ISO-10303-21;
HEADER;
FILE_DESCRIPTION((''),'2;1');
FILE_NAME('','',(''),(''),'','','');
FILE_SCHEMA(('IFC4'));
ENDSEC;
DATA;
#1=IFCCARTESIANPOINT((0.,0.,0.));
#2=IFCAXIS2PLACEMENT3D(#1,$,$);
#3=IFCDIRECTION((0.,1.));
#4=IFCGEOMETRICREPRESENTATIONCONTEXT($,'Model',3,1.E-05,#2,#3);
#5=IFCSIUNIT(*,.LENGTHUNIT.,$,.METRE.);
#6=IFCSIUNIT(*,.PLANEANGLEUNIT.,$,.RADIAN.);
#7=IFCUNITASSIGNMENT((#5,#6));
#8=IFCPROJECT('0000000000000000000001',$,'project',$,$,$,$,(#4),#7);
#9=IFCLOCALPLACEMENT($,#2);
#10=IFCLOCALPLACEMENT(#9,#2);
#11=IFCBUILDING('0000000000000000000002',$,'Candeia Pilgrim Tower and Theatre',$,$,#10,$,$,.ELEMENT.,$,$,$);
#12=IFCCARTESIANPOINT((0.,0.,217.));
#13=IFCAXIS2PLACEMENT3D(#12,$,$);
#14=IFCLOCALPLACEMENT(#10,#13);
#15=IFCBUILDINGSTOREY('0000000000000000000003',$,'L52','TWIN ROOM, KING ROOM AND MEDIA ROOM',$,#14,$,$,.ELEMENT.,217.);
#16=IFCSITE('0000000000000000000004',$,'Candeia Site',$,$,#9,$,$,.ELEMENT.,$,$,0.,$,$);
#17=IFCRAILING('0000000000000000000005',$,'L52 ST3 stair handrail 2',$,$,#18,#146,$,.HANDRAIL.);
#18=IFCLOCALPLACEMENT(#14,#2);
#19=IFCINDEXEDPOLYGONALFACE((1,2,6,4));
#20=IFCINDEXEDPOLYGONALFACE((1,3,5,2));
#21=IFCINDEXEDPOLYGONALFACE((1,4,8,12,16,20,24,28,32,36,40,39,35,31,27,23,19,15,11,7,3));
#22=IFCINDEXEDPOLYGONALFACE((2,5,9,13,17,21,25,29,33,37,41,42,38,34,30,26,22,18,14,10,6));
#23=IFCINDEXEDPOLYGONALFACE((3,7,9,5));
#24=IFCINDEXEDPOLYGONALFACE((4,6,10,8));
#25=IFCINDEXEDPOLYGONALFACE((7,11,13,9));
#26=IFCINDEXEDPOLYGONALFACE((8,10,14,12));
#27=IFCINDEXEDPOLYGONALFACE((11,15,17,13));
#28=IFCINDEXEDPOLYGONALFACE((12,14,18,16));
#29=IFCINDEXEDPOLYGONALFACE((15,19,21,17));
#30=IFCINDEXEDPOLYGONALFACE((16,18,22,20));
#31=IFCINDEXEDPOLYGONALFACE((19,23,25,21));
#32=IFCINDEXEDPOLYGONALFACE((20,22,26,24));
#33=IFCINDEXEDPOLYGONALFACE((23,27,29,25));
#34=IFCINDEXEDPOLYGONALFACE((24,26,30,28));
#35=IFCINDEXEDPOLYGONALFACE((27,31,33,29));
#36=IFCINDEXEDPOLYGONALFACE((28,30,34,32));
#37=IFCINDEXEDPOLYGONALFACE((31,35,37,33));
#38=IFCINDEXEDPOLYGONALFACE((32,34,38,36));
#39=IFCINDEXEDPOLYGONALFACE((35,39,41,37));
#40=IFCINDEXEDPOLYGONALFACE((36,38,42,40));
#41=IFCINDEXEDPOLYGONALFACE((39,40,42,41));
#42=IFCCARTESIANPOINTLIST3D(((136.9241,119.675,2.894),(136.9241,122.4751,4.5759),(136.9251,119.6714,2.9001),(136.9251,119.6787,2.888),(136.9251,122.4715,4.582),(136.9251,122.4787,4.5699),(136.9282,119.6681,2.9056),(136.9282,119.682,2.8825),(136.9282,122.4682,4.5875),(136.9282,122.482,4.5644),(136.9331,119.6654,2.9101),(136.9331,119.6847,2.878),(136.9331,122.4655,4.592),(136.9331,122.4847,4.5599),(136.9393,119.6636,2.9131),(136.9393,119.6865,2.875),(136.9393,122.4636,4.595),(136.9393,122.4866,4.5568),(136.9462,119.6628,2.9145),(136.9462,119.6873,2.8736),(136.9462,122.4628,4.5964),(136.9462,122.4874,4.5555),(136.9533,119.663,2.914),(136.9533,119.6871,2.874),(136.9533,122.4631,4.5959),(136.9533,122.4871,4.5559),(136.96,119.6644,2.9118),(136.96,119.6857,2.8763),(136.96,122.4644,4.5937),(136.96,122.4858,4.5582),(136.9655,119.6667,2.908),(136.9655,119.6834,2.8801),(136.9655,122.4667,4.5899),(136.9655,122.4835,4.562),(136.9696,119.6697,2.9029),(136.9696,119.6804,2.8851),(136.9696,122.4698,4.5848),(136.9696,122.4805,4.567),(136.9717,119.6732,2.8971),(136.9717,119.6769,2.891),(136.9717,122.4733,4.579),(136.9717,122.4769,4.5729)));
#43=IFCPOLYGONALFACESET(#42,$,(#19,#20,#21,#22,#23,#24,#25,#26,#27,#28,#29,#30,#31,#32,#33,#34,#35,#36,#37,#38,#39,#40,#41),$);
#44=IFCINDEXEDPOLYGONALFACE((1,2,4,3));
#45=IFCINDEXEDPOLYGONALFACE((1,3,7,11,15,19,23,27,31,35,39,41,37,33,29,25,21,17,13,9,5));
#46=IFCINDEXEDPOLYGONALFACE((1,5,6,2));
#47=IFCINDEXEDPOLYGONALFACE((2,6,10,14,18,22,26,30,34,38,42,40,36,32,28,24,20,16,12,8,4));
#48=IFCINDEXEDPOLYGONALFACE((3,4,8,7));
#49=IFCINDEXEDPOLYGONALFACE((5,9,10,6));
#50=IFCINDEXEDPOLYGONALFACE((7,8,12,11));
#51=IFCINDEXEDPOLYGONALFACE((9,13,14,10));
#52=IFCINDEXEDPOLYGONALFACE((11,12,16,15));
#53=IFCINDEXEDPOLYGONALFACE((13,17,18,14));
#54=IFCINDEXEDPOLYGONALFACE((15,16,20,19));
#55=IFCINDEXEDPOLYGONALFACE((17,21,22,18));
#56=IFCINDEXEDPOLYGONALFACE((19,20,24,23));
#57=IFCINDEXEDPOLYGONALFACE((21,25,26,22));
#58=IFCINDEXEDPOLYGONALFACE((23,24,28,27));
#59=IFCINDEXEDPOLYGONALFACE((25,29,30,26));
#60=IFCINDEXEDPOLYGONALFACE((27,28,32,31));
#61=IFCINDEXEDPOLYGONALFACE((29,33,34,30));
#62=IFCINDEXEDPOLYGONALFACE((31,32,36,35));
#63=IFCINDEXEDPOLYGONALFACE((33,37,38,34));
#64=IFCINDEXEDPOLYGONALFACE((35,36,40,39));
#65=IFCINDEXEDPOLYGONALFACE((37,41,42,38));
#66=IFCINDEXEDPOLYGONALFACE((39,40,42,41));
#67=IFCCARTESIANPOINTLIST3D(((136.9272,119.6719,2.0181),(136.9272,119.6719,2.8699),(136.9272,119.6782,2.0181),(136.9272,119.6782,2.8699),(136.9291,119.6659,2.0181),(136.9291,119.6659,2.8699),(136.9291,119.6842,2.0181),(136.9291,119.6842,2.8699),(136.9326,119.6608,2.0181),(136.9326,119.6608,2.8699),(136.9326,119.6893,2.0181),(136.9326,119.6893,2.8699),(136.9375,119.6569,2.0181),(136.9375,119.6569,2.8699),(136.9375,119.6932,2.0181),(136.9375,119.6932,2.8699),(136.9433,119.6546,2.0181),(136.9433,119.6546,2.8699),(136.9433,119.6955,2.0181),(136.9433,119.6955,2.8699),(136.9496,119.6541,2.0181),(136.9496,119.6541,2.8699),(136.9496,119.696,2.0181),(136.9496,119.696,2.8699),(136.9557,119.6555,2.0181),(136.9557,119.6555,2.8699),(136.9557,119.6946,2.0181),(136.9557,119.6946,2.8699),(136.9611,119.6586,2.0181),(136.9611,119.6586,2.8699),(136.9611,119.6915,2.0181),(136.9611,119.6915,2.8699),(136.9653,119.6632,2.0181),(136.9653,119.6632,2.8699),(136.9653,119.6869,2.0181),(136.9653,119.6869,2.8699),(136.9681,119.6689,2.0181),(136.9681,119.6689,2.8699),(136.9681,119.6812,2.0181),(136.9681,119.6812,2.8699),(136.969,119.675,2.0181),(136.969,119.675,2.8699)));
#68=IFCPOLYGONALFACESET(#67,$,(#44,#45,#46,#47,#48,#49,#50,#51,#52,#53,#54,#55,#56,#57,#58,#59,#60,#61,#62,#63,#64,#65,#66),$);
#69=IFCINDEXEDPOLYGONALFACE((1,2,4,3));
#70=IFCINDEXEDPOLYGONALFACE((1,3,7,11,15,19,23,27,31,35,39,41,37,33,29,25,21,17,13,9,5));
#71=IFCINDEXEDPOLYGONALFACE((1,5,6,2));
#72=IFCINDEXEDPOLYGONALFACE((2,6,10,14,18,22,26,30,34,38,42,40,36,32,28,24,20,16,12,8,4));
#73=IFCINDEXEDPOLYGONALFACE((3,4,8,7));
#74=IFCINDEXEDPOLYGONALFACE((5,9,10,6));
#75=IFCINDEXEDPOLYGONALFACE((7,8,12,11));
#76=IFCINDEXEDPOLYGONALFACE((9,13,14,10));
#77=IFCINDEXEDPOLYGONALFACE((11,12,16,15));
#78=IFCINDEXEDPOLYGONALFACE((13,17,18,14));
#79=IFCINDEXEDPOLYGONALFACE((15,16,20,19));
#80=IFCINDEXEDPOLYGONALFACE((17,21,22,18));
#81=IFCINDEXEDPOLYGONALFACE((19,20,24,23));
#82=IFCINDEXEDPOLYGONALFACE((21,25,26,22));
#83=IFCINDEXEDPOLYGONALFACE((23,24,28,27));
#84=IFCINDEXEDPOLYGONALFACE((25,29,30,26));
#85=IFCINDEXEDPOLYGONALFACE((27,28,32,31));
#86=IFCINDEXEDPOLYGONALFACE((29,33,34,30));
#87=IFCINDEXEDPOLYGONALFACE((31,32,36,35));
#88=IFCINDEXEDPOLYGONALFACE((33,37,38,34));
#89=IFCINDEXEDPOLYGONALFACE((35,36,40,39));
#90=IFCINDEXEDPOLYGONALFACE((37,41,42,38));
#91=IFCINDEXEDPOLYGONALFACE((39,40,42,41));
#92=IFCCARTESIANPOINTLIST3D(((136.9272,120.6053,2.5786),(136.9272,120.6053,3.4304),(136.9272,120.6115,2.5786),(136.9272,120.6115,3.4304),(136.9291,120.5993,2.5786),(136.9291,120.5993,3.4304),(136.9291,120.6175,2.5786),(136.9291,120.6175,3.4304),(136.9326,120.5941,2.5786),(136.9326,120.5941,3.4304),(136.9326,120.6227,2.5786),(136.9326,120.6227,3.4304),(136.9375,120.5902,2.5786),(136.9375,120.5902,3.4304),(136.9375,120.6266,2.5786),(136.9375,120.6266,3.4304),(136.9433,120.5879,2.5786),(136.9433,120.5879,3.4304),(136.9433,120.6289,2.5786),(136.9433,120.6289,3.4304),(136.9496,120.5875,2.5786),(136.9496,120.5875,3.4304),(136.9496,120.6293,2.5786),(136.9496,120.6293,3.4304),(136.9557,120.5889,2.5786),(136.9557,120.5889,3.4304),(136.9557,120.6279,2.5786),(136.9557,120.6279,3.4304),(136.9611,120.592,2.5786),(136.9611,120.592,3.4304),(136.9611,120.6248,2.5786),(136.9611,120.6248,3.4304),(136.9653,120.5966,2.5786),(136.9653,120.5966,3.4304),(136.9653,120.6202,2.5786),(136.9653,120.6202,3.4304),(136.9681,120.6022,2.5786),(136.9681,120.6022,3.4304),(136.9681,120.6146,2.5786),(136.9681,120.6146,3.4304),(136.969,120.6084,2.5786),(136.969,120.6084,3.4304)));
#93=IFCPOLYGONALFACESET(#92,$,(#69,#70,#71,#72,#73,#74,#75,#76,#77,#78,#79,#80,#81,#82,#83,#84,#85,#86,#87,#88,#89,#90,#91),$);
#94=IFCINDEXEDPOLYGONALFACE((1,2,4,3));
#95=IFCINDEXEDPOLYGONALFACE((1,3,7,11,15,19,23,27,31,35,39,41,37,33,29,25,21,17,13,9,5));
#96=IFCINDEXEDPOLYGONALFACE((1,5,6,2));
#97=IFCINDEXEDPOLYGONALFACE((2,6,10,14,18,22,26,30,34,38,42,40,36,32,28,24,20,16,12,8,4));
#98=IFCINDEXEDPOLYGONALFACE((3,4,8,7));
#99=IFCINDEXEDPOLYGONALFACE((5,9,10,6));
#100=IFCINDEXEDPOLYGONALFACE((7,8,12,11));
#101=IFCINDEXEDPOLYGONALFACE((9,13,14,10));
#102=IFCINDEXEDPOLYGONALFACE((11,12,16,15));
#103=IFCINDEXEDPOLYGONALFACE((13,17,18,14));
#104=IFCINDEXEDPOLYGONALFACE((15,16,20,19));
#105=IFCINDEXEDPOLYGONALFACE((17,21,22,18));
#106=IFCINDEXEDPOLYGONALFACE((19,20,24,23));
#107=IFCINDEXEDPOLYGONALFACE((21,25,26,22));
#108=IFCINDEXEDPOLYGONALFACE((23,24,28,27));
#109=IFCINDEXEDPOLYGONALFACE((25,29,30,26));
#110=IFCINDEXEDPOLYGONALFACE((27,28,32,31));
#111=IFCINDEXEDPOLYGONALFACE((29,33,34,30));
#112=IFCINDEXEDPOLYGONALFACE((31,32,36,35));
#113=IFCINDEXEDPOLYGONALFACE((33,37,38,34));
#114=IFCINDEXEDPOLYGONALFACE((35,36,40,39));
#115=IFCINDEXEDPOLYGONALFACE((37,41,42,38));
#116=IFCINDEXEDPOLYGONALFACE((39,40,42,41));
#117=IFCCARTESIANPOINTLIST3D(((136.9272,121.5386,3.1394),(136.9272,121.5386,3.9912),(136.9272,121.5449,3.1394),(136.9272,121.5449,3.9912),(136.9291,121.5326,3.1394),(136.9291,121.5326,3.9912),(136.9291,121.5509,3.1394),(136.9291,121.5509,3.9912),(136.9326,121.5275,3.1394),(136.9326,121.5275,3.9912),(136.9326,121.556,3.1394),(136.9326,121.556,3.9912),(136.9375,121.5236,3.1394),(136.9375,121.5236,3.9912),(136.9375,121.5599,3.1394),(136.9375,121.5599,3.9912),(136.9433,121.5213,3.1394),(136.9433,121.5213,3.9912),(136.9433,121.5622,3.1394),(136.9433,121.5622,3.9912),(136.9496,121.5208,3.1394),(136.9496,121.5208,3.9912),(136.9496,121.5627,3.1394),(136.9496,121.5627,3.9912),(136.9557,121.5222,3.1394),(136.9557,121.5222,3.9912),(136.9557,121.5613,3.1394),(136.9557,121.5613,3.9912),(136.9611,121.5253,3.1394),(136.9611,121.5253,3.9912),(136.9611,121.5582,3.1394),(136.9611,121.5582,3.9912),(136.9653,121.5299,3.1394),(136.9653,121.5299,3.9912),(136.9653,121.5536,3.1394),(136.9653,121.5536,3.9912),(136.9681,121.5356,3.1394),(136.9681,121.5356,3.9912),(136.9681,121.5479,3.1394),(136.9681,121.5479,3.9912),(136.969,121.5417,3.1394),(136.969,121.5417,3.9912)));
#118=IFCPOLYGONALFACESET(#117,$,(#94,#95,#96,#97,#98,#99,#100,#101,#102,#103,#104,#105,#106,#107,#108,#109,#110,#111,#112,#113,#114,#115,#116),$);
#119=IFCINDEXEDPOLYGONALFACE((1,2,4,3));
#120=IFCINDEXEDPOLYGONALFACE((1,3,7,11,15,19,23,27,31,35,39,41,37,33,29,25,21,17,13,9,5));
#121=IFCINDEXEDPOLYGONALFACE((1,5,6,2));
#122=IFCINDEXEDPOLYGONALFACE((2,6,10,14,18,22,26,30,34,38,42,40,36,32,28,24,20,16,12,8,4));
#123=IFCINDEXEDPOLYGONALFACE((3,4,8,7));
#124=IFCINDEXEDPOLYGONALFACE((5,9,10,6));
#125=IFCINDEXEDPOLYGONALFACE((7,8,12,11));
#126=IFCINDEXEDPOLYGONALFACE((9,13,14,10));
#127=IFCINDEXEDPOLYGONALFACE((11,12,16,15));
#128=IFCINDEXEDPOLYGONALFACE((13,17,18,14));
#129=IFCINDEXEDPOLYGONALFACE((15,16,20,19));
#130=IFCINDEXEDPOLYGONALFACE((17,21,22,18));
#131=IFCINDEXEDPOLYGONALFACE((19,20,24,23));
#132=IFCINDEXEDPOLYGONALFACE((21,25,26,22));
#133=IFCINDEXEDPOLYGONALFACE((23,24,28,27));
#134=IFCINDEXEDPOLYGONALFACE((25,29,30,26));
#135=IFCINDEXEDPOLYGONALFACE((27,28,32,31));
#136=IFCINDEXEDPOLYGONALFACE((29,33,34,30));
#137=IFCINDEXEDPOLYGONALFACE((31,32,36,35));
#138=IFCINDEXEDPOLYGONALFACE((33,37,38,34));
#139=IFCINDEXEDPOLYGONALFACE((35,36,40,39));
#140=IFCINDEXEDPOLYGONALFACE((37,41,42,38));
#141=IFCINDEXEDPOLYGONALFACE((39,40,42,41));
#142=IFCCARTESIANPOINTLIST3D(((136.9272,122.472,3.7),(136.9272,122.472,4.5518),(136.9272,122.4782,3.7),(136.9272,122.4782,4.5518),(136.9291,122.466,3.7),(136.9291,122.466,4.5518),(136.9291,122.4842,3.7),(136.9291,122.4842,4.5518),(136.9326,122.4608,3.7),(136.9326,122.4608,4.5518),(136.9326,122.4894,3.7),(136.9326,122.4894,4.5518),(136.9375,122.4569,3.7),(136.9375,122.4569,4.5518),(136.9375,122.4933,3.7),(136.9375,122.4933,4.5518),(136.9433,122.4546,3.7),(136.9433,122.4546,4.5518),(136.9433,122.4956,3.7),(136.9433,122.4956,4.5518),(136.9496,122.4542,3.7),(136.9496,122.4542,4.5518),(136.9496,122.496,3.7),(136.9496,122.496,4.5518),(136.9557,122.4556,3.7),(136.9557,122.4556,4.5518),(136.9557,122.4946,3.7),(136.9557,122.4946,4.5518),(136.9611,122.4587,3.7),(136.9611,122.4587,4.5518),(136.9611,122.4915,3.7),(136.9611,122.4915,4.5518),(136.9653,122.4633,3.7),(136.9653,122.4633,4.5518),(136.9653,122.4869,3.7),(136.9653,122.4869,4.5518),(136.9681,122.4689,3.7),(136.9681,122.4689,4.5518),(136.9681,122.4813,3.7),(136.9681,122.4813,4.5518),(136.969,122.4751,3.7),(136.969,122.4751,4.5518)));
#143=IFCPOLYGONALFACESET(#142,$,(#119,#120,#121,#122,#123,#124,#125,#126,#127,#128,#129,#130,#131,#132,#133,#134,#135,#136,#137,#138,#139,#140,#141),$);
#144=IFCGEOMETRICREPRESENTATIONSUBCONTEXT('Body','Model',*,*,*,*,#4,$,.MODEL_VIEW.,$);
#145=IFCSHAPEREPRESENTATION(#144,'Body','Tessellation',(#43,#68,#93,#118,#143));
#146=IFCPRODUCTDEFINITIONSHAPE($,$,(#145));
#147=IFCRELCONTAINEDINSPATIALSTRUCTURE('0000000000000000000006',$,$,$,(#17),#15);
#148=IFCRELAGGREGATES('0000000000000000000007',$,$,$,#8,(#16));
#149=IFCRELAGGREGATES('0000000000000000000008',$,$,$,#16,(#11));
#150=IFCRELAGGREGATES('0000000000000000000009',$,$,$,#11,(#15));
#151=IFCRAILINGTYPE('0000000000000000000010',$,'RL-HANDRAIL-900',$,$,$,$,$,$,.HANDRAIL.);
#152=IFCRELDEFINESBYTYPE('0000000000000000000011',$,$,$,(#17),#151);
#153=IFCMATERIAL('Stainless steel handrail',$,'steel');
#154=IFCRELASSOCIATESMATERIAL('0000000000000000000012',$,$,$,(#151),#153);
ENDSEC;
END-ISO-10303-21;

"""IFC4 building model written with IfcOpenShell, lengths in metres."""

from ifc_helpers import new_model, si_unit, direction, frame, origin, origin_2d, place, context, subcontext, project, spatial, circle, extrude, material, type_object, element, save


model = new_model("IFC4")

# Units and contexts
model_context = context("Model", 3, precision=1e-05, world=origin(), true_north=direction((0.0, 1.0)))
body_context = subcontext(model_context, "Body", "Model", "MODEL_VIEW")
ifc_project = project(units=[si_unit("LENGTHUNIT", "METRE"), si_unit("PLANEANGLEUNIT", "RADIAN")], contexts=[model_context])

# Site, building, storey
site_placement = place(None, origin())
site = spatial("IfcSite", under=ifc_project, at=site_placement, Name="Candeia Site", CompositionType="ELEMENT", RefElevation=0.0)
building_placement = place(site_placement, origin())
building = spatial("IfcBuilding", under=site, at=building_placement, Name="Candeia Pilgrim Tower and Theatre", CompositionType="ELEMENT")
storey_placement = place(building_placement, frame((0.0, 0.0, 217.0)))
storey = spatial("IfcBuildingStorey", under=building, at=storey_placement, Name="L52", Description="TWIN ROOM, KING ROOM AND MEDIA ROOM", CompositionType="ELEMENT", Elevation=217.0)

# Railing
ifc_material_1 = material(Name="Stainless steel handrail", Category="steel")
railing_type_1 = type_object("IfcRailingType", Name="RL-HANDRAIL-900", PredefinedType="HANDRAIL", material=ifc_material_1)
railing_1_placement = place(storey_placement, frame((136.948, 119.675, 2.0181)))
element("IfcRailing", 1, at=railing_1_placement, inside=storey, type_object=railing_type_1, Name="L52 ST3 stair handrail 2", PredefinedType="HANDRAIL", context=body_context, shape_type="SweptSolid", body=[
    extrude(circle(Radius=0.0239, at=origin_2d()), frame((0.0, 0.0, 0.876), z_axis=(0.0, 0.857242, 0.514913), x_axis=(-1.0, 0.0, 0.0)), (0.0, 0.0, 1.0), 3.2664),
    extrude(circle(Radius=0.021, at=origin_2d()), origin(), (0.0, 0.0, 1.0), 0.8518),
    extrude(circle(Radius=0.021, at=origin_2d()), frame((0.0, 0.9333, 0.5605)), (0.0, 0.0, 1.0), 0.8518),
    extrude(circle(Radius=0.021, at=origin_2d()), frame((0.0, 1.8667, 1.1213)), (0.0, 0.0, 1.0), 0.8518),
    extrude(circle(Radius=0.021, at=origin_2d()), frame((0.0, 2.8, 1.6819)), (0.0, 0.0, 1.0), 0.8518),
])

save(model, "model.ifc")
